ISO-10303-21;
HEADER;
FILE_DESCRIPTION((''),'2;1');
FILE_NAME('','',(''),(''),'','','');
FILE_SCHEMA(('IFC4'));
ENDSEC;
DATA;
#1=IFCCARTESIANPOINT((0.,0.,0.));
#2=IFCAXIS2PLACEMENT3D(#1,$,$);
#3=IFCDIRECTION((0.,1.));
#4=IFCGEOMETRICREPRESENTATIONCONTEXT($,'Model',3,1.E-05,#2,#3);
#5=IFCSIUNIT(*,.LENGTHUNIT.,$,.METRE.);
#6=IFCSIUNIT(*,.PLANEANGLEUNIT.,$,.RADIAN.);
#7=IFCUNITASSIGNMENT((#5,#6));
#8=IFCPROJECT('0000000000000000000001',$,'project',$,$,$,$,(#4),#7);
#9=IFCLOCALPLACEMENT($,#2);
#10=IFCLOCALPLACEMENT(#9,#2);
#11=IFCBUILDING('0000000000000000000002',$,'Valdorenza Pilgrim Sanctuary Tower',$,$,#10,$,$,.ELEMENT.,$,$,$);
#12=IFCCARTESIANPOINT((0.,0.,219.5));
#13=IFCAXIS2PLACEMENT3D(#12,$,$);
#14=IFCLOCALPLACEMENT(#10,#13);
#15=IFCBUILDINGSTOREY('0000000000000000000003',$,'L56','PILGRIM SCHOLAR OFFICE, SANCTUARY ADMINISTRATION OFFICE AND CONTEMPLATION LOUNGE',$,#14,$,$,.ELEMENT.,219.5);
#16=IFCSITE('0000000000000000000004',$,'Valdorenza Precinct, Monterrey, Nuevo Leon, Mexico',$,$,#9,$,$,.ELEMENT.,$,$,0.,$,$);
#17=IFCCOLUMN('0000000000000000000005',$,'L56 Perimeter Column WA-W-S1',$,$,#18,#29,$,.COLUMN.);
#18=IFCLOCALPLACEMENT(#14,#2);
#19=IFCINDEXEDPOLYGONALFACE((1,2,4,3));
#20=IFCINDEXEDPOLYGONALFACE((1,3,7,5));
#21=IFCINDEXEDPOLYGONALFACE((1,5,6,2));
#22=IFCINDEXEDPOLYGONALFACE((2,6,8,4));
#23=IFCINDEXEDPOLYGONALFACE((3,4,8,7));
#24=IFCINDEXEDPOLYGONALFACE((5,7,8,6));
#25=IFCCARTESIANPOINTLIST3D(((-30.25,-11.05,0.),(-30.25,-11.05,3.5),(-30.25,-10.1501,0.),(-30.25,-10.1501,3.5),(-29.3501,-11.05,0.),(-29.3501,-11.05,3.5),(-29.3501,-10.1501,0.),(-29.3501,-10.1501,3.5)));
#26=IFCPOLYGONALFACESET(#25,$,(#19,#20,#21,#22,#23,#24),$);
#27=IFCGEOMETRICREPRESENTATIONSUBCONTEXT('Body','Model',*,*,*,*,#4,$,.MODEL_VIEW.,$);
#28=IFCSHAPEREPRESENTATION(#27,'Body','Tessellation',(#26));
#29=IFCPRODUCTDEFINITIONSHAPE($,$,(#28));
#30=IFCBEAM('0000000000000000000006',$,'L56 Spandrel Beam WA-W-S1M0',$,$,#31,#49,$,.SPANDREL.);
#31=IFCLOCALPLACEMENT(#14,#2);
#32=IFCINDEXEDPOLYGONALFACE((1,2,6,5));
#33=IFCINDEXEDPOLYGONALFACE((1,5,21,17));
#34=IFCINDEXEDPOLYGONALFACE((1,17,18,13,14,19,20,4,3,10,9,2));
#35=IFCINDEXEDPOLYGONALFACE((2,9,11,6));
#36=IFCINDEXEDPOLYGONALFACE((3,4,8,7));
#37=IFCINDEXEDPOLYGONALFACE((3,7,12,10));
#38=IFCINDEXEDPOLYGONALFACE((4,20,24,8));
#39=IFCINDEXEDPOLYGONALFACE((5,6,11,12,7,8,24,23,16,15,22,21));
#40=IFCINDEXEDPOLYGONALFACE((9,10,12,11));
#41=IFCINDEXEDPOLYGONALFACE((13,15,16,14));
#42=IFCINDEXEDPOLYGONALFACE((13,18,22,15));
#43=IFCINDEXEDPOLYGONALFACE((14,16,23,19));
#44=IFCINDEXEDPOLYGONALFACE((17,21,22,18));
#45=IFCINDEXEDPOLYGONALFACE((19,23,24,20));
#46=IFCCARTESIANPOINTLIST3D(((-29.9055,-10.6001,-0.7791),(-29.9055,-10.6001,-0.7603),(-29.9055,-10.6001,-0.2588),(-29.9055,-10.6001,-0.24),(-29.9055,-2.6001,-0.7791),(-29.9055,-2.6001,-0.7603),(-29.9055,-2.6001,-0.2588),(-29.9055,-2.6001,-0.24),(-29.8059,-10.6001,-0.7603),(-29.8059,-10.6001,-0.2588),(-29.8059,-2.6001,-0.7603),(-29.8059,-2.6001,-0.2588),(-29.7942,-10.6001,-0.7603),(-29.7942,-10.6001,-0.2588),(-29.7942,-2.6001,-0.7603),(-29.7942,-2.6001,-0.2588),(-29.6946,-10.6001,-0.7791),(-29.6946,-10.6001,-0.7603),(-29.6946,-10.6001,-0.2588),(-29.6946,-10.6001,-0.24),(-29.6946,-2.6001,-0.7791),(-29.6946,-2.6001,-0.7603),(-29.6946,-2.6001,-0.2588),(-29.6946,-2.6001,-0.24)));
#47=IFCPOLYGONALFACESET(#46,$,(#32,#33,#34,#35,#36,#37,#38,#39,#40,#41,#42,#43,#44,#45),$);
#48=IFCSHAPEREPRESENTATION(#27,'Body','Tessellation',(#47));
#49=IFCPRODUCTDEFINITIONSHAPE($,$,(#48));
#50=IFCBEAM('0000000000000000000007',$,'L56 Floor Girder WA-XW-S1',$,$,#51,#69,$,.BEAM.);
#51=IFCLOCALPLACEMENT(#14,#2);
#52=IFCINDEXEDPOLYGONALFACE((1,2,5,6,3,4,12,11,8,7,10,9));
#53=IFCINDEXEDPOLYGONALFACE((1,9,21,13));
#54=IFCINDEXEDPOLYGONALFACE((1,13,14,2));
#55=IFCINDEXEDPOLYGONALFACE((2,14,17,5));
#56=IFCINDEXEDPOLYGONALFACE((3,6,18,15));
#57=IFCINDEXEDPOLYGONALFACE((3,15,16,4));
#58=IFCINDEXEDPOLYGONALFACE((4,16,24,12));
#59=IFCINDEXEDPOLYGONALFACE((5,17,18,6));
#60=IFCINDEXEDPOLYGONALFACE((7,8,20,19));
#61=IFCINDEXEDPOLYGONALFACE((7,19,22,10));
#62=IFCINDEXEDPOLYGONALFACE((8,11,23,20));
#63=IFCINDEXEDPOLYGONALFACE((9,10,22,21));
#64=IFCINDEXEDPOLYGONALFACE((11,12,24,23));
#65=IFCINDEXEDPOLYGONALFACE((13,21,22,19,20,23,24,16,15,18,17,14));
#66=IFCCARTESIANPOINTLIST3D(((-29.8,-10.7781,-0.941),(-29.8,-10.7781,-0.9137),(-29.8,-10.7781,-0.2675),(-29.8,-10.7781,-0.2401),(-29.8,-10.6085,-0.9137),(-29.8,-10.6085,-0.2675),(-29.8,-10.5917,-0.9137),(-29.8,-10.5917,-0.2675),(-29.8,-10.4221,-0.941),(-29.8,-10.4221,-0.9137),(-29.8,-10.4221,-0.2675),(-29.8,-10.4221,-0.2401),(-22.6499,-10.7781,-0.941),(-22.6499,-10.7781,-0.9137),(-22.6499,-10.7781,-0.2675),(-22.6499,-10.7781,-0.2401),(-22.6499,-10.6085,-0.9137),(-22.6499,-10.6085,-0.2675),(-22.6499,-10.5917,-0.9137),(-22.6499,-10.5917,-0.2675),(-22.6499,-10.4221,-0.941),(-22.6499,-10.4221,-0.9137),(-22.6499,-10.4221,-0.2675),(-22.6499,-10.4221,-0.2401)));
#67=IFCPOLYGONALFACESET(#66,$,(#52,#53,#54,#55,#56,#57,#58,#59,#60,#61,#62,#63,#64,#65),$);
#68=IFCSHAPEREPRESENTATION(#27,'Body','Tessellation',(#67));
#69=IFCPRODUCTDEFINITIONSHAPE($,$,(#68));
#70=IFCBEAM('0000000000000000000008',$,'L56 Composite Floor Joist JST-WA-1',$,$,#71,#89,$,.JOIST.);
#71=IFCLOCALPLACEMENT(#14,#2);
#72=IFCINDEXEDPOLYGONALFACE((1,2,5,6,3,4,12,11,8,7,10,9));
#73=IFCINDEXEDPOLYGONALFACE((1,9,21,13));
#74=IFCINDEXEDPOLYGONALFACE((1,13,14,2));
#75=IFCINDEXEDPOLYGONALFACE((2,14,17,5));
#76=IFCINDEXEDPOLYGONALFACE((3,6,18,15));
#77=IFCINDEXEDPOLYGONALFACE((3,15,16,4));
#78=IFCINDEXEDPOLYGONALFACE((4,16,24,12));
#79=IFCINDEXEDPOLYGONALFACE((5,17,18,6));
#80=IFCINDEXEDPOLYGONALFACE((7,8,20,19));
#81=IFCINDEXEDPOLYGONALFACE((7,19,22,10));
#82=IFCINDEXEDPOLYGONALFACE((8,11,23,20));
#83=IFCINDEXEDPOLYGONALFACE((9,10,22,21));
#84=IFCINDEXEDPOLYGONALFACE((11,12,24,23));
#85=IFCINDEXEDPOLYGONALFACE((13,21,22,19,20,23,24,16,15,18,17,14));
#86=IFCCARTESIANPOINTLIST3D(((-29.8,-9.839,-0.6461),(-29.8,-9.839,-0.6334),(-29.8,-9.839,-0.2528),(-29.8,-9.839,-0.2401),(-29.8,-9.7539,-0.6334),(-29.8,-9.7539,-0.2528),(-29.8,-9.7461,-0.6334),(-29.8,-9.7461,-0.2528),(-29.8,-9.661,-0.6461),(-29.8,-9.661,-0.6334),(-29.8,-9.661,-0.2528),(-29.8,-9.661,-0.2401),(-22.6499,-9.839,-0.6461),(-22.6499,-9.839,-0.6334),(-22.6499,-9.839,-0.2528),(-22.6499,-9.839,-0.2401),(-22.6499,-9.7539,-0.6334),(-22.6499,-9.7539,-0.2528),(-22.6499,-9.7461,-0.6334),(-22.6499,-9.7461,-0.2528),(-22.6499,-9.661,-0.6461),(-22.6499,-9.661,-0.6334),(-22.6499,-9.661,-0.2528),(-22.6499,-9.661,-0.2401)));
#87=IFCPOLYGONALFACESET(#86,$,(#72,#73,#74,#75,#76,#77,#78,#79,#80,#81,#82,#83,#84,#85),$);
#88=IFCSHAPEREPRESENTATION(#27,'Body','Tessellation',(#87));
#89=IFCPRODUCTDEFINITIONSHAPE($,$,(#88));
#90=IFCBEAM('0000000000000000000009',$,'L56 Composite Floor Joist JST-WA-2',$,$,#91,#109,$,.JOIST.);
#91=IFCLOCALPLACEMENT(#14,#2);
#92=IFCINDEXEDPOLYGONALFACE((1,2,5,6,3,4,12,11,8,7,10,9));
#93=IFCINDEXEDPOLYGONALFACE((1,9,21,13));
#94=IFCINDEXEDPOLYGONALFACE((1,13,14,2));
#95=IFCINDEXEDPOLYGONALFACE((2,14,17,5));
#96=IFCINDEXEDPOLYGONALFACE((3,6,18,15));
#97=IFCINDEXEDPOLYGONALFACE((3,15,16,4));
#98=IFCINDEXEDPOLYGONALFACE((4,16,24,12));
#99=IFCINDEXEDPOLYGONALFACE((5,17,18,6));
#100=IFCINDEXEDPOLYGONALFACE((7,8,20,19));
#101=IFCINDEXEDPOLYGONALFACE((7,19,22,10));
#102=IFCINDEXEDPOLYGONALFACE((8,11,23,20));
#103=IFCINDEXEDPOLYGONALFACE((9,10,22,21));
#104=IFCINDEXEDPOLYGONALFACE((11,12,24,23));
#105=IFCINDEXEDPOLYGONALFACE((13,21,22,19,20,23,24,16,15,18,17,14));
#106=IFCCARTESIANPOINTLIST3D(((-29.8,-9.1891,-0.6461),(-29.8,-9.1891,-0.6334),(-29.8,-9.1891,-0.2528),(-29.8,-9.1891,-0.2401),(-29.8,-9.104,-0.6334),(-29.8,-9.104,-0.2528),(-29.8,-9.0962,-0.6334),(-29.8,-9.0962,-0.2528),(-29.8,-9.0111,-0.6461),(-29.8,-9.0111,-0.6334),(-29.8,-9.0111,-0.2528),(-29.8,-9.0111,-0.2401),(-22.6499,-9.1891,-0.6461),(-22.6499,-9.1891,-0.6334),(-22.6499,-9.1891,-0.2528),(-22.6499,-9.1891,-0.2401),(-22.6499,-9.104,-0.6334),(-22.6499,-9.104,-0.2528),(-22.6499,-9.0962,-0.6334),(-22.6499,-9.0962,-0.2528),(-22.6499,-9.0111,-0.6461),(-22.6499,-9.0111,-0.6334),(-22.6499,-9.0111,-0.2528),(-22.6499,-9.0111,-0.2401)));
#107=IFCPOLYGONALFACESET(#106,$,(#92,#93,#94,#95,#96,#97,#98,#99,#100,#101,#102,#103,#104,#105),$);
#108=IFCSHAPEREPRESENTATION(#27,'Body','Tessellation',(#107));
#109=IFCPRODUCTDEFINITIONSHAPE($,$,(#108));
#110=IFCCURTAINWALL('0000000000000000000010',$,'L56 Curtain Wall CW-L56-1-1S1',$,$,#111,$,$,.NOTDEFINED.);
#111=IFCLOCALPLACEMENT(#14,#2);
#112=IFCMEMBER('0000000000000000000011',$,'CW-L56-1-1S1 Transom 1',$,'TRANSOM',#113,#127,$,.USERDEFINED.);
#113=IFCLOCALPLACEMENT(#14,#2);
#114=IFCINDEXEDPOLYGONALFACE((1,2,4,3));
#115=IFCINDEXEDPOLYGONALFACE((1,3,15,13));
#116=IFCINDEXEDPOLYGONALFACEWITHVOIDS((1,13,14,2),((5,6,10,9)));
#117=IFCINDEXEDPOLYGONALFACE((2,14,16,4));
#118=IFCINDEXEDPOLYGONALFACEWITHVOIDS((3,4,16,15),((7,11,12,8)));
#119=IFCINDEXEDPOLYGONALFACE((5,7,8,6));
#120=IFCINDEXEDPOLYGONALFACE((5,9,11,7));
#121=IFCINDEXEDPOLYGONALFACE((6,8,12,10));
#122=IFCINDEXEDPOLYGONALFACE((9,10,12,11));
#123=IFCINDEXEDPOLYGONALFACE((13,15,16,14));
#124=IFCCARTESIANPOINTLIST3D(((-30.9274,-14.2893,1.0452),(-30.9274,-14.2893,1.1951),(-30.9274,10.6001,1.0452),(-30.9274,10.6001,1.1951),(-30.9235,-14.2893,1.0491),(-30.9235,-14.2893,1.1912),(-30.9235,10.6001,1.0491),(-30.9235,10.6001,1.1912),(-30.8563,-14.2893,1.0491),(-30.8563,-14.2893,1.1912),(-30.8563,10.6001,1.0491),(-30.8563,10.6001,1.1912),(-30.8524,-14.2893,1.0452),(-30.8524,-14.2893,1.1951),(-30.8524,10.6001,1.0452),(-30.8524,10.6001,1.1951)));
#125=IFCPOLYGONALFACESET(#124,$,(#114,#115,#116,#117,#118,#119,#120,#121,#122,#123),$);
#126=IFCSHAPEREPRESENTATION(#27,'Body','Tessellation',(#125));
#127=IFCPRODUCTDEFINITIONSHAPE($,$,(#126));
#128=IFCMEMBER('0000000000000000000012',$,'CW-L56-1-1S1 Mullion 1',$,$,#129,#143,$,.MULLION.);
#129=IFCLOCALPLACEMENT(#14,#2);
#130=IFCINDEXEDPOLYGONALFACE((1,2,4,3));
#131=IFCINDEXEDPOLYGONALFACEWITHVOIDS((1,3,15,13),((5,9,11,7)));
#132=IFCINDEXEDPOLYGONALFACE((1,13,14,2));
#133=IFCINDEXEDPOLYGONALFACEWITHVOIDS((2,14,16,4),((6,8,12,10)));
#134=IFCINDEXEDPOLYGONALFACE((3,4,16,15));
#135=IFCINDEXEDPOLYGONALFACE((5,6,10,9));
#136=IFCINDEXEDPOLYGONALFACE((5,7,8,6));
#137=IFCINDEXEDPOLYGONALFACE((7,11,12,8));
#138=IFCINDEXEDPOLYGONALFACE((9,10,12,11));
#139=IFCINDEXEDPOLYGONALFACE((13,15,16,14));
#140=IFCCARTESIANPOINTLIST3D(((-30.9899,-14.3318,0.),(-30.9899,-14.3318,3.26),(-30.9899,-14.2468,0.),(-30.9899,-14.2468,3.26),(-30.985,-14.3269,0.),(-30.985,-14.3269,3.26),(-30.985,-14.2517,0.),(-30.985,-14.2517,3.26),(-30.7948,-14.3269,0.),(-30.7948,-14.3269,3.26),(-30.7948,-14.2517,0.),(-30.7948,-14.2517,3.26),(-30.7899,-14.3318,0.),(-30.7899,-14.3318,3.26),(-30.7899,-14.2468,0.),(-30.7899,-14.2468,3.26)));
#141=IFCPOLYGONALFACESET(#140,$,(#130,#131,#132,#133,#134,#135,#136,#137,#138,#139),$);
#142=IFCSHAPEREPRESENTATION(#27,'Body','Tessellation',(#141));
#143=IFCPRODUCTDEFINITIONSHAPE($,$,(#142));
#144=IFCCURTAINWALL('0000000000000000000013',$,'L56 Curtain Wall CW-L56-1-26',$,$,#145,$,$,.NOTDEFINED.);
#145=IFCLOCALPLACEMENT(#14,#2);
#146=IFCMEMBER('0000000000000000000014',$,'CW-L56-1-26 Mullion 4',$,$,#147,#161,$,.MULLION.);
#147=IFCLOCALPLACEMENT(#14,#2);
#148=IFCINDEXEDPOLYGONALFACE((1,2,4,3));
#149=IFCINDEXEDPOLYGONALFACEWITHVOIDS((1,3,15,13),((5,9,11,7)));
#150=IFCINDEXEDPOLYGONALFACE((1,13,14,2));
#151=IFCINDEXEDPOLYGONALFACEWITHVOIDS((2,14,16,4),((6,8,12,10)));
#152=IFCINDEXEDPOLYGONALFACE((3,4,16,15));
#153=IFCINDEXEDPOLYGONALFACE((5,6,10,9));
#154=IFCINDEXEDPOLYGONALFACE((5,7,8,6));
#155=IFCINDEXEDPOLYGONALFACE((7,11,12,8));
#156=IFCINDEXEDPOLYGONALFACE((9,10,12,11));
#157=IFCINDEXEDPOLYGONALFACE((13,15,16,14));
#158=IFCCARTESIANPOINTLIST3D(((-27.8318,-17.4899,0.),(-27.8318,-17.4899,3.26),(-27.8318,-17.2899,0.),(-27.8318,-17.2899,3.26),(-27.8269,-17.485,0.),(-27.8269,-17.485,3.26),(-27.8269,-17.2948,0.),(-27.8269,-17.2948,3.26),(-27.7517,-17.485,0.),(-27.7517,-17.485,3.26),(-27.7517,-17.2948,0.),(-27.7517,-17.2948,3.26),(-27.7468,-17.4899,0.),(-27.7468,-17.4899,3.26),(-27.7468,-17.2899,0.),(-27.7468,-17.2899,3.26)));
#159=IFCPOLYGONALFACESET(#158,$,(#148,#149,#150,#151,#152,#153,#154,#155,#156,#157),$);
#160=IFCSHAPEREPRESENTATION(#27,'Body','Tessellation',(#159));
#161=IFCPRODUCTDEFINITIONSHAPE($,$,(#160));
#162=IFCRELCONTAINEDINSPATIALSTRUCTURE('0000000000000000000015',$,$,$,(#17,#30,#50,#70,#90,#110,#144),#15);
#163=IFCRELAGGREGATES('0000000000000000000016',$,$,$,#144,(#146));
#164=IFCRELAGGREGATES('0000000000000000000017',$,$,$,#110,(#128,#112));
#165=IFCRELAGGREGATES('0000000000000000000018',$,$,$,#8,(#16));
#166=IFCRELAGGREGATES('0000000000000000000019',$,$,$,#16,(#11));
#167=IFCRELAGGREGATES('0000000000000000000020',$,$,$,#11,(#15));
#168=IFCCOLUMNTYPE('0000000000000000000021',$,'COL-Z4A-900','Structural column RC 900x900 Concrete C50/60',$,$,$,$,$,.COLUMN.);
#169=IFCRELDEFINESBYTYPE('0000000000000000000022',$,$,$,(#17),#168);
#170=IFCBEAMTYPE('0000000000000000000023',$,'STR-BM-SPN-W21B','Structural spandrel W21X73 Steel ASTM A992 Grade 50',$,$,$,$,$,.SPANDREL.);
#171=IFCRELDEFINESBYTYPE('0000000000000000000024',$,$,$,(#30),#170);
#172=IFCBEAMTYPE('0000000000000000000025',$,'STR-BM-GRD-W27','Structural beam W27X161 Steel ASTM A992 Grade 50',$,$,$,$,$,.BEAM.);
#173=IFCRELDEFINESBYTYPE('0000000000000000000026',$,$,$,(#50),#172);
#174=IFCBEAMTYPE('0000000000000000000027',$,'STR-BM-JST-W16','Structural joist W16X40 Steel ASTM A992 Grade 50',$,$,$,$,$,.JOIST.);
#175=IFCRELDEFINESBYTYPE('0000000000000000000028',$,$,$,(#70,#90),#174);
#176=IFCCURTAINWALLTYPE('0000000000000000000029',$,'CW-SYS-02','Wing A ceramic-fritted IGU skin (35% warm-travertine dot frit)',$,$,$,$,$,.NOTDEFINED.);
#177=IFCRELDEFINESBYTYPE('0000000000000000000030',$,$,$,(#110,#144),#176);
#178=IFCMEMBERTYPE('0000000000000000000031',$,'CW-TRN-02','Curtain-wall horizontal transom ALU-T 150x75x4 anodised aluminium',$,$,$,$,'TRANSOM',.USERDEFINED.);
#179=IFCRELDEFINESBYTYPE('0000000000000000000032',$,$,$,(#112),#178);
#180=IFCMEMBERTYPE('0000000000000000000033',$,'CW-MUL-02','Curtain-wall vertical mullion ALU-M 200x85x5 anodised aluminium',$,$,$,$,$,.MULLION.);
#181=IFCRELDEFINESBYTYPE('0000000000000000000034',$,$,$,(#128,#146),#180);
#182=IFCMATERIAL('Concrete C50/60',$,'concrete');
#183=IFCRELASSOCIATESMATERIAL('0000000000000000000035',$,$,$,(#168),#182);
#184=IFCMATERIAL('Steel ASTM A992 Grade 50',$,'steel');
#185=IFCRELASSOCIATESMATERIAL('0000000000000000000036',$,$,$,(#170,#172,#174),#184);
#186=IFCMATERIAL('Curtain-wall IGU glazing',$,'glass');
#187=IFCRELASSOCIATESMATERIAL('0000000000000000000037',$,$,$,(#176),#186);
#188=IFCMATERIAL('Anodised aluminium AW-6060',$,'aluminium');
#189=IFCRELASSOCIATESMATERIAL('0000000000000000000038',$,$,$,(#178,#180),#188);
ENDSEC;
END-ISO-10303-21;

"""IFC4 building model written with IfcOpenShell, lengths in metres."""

from ifc_helpers import new_model, si_unit, direction, frame, origin, origin_2d, place, context, subcontext, project, spatial, rectangle, hollow_rectangle, i_section, extrude, source, transform, mapped, material, material_profile, profile_set, type_object, element, aggregate, save


model = new_model("IFC4")

# Units and contexts
model_context = context("Model", 3, precision=1e-05, world=origin(), true_north=direction((0.0, 1.0)))
body_context = subcontext(model_context, "Body", "Model", "MODEL_VIEW")
ifc_project = project(units=[si_unit("LENGTHUNIT", "METRE"), si_unit("PLANEANGLEUNIT", "RADIAN")], contexts=[model_context])

# Site, building, storey
site_placement = place(None, origin())
site = spatial("IfcSite", under=ifc_project, at=site_placement, Name="Valdorenza Precinct, Monterrey, Nuevo Leon, Mexico", CompositionType="ELEMENT", RefElevation=0.0)
building_placement = place(site_placement, origin())
building = spatial("IfcBuilding", under=site, at=building_placement, Name="Valdorenza Pilgrim Sanctuary Tower", CompositionType="ELEMENT")
storey_placement = place(building_placement, frame((0.0, 0.0, 219.5)))
storey = spatial("IfcBuildingStorey", under=building, at=storey_placement, Name="L56", Description="PILGRIM SCHOLAR OFFICE, SANCTUARY ADMINISTRATION OFFICE AND CONTEMPLATION LOUNGE", CompositionType="ELEMENT", Elevation=219.5)

# Column
ifc_material_1 = material(Name="Concrete C50/60", Category="concrete")
ifc_material_profile_1 = material_profile(ifc_material_1, rectangle(XDim=0.8999, YDim=0.8999, at=origin_2d()), Name="RC 900x900")
ifc_profile_set_1 = profile_set([ifc_material_profile_1], Name="Concrete C50/60")
column_type = type_object("IfcColumnType", Name="COL-Z4A-900", Description="Structural column RC 900x900 Concrete C50/60", PredefinedType="COLUMN", material=ifc_profile_set_1)
shared_shape_1 = source(origin(), body_context, "Body", "SweptSolid", [
    extrude(rectangle(XDim=0.8999, YDim=0.8999, at=origin_2d()), origin(), (0.0, 0.0, 1.0), 3.5),
])
column_placement = place(storey_placement, frame((-29.8, -10.6001, 0.0), z_axis=(0.0, 0.0, 1.0), x_axis=(1.0, 0.0, 0.0)))
element("IfcColumn", 1, at=column_placement, inside=storey, type_object=column_type, Name="L56 Perimeter Column WA-W-S1", PredefinedType="COLUMN", context=body_context, shape_type="MappedRepresentation", body=[
    mapped(shared_shape_1, transform((0.0, 0.0, 0.0), x_axis=(1.0, 0.0, 0.0), y_axis=(0.0, 1.0, 0.0), z_axis=(0.0, 0.0, 1.0), scale=1.0)),
])

# Beams
ifc_material_2 = material(Name="Steel ASTM A992 Grade 50", Category="steel")
ifc_material_profile_2 = material_profile(ifc_material_2, i_section(OverallWidth=0.2109, OverallDepth=0.5391, WebThickness=0.0117, FlangeThickness=0.0188, at=origin_2d()), Name="W21X73")
ifc_profile_set_2 = profile_set([ifc_material_profile_2], Name="Steel ASTM A992 Grade 50")
beam_type_1 = type_object("IfcBeamType", Name="STR-BM-SPN-W21B", Description="Structural spandrel W21X73 Steel ASTM A992 Grade 50", PredefinedType="SPANDREL", material=ifc_profile_set_2)
shared_shape_2 = source(origin(), body_context, "Body", "SweptSolid", [
    extrude(i_section(OverallWidth=0.2109, OverallDepth=0.5391, WebThickness=0.0117, FlangeThickness=0.0188, at=origin_2d()), origin(), (0.0, 0.0, 1.0), 8.0),
])
beam_1_placement = place(storey_placement, frame((-29.8, -10.6001, -0.5095), z_axis=(0.0, 1.0, 0.0), x_axis=(-1.0, 0.0, 0.0)))
element("IfcBeam", 2, at=beam_1_placement, inside=storey, type_object=beam_type_1, Name="L56 Spandrel Beam WA-W-S1M0", PredefinedType="SPANDREL", context=body_context, shape_type="MappedRepresentation", body=[
    mapped(shared_shape_2, transform((0.0, 0.0, 0.0), x_axis=(1.0, 0.0, 0.0), y_axis=(0.0, 1.0, 0.0), z_axis=(0.0, 0.0, 1.0), scale=1.0)),
])
ifc_material_profile_3 = material_profile(ifc_material_2, i_section(OverallWidth=0.356, OverallDepth=0.7009, WebThickness=0.0168, FlangeThickness=0.0273, at=origin_2d()), Name="W27X161")
ifc_profile_set_3 = profile_set([ifc_material_profile_3], Name="Steel ASTM A992 Grade 50")
beam_type_2 = type_object("IfcBeamType", Name="STR-BM-GRD-W27", Description="Structural beam W27X161 Steel ASTM A992 Grade 50", PredefinedType="BEAM", material=ifc_profile_set_3)
shared_shape_3 = source(origin(), body_context, "Body", "SweptSolid", [
    extrude(i_section(OverallWidth=0.356, OverallDepth=0.7009, WebThickness=0.0168, FlangeThickness=0.0273, at=origin_2d()), origin(), (0.0, 0.0, 1.0), 7.1501),
])
beam_2_placement = place(storey_placement, frame((-29.8, -10.6001, -0.5906), z_axis=(1.0, 0.0, 0.0), x_axis=(0.0, 1.0, 0.0)))
element("IfcBeam", 3, at=beam_2_placement, inside=storey, type_object=beam_type_2, Name="L56 Floor Girder WA-XW-S1", PredefinedType="BEAM", context=body_context, shape_type="MappedRepresentation", body=[
    mapped(shared_shape_3, transform((0.0, 0.0, 0.0), x_axis=(1.0, 0.0, 0.0), y_axis=(0.0, 1.0, 0.0), z_axis=(0.0, 0.0, 1.0), scale=1.0)),
])
ifc_material_profile_4 = material_profile(ifc_material_2, i_section(OverallWidth=0.178, OverallDepth=0.406, WebThickness=0.0078, FlangeThickness=0.0127, at=origin_2d()), Name="W16X40")
ifc_profile_set_4 = profile_set([ifc_material_profile_4], Name="Steel ASTM A992 Grade 50")
beam_type_3 = type_object("IfcBeamType", Name="STR-BM-JST-W16", Description="Structural joist W16X40 Steel ASTM A992 Grade 50", PredefinedType="JOIST", material=ifc_profile_set_4)
shared_shape_4 = source(origin(), body_context, "Body", "SweptSolid", [
    extrude(i_section(OverallWidth=0.178, OverallDepth=0.406, WebThickness=0.0078, FlangeThickness=0.0127, at=origin_2d()), origin(), (0.0, 0.0, 1.0), 7.1501),
])
for number, where, z_axis, x_axis, name in (
    (4, (-29.8, -9.75, -0.4431), (1.0, 0.0, 0.0), (0.0, 1.0, 0.0), "L56 Composite Floor Joist JST-WA-1"),
    (5, (-29.8, -9.1001, -0.4431), (1.0, 0.0, 0.0), (0.0, 1.0, 0.0), "L56 Composite Floor Joist JST-WA-2"),
):
    element("IfcBeam", number, at=place(storey_placement, frame(where, z_axis=z_axis, x_axis=x_axis)), inside=storey, type_object=beam_type_3, Name=name, PredefinedType="JOIST", context=body_context, shape_type="MappedRepresentation", body=[
        mapped(shared_shape_4, transform((0.0, 0.0, 0.0), x_axis=(1.0, 0.0, 0.0), y_axis=(0.0, 1.0, 0.0), z_axis=(0.0, 0.0, 1.0), scale=1.0)),
    ])

# Curtain wall, members
ifc_material_3 = material(Name="Curtain-wall IGU glazing", Category="glass")
curtain_wall_type = type_object("IfcCurtainWallType", Name="CW-SYS-02", Description="Wing A ceramic-fritted IGU skin (35% warm-travertine dot frit)", PredefinedType="NOTDEFINED", material=ifc_material_3)
curtain_wall_1_placement = place(storey_placement, origin())
curtain_wall_1 = element("IfcCurtainWall", 6, at=curtain_wall_1_placement, inside=storey, type_object=curtain_wall_type, Name="L56 Curtain Wall CW-L56-1-1S1", PredefinedType="NOTDEFINED")
ifc_material_4 = material(Name="Anodised aluminium AW-6060", Category="aluminium")
ifc_material_profile_5 = material_profile(ifc_material_4, hollow_rectangle(XDim=0.075, YDim=0.1499, WallThickness=0.0039, at=origin_2d()), Name="ALU-T 150x75x4")
ifc_profile_set_5 = profile_set([ifc_material_profile_5], Name="Anodised aluminium AW-6060")
member_type_1 = type_object("IfcMemberType", Name="CW-TRN-02", Description="Curtain-wall horizontal transom ALU-T 150x75x4 anodised aluminium", ElementType="TRANSOM", PredefinedType="USERDEFINED", material=ifc_profile_set_5)
shared_shape_5 = source(origin(), body_context, "Body", "SweptSolid", [
    extrude(hollow_rectangle(XDim=0.075, YDim=0.1499, WallThickness=0.0039, at=origin_2d()), origin(), (0.0, 0.0, 1.0), 24.8894),
])
member_1_placement = place(storey_placement, frame((-30.8899, -14.2893, 1.1201), z_axis=(0.0, 1.0, 0.0), x_axis=(-1.0, 0.0, 0.0)))
member_1 = element("IfcMember", 7, at=member_1_placement, type_object=member_type_1, Name="CW-L56-1-1S1 Transom 1", ObjectType="TRANSOM", PredefinedType="USERDEFINED", context=body_context, shape_type="MappedRepresentation", body=[
    mapped(shared_shape_5, transform((0.0, 0.0, 0.0), x_axis=(1.0, 0.0, 0.0), y_axis=(0.0, 1.0, 0.0), z_axis=(0.0, 0.0, 1.0), scale=1.0)),
])
ifc_material_profile_6 = material_profile(ifc_material_4, hollow_rectangle(XDim=0.085, YDim=0.2, WallThickness=0.0049, at=origin_2d()), Name="ALU-M 200x85x5")
ifc_profile_set_6 = profile_set([ifc_material_profile_6], Name="Anodised aluminium AW-6060")
member_type_2 = type_object("IfcMemberType", Name="CW-MUL-02", Description="Curtain-wall vertical mullion ALU-M 200x85x5 anodised aluminium", PredefinedType="MULLION", material=ifc_profile_set_6)
shared_shape_6 = source(origin(), body_context, "Body", "SweptSolid", [
    extrude(hollow_rectangle(XDim=0.085, YDim=0.2, WallThickness=0.0049, at=origin_2d()), origin(), (0.0, 0.0, 1.0), 3.26),
])
member_2_placement = place(storey_placement, frame((-30.8899, -14.2893, 0.0), z_axis=(0.0, 0.0, 1.0), x_axis=(0.0, 1.0, 0.0)))
member_2 = element("IfcMember", 8, at=member_2_placement, type_object=member_type_2, Name="CW-L56-1-1S1 Mullion 1", PredefinedType="MULLION", context=body_context, shape_type="MappedRepresentation", body=[
    mapped(shared_shape_6, transform((0.0, 0.0, 0.0), x_axis=(1.0, 0.0, 0.0), y_axis=(0.0, 1.0, 0.0), z_axis=(0.0, 0.0, 1.0), scale=1.0)),
])

# Curtain wall, member
curtain_wall_2_placement = place(storey_placement, origin())
curtain_wall_2 = element("IfcCurtainWall", 9, at=curtain_wall_2_placement, inside=storey, type_object=curtain_wall_type, Name="L56 Curtain Wall CW-L56-1-26", PredefinedType="NOTDEFINED")
member_3_placement = place(storey_placement, frame((-27.7893, -17.3899, 0.0), z_axis=(0.0, 0.0, 1.0), x_axis=(-1.0, 0.0, 0.0)))
member_3 = element("IfcMember", 10, at=member_3_placement, type_object=member_type_2, Name="CW-L56-1-26 Mullion 4", PredefinedType="MULLION", context=body_context, shape_type="MappedRepresentation", body=[
    mapped(shared_shape_6, transform((0.0, 0.0, 0.0), x_axis=(1.0, 0.0, 0.0), y_axis=(0.0, 1.0, 0.0), z_axis=(0.0, 0.0, 1.0), scale=1.0)),
])

aggregate(curtain_wall_2, [member_3])
aggregate(curtain_wall_1, [member_2, member_1])

save(model, "model.ifc")
